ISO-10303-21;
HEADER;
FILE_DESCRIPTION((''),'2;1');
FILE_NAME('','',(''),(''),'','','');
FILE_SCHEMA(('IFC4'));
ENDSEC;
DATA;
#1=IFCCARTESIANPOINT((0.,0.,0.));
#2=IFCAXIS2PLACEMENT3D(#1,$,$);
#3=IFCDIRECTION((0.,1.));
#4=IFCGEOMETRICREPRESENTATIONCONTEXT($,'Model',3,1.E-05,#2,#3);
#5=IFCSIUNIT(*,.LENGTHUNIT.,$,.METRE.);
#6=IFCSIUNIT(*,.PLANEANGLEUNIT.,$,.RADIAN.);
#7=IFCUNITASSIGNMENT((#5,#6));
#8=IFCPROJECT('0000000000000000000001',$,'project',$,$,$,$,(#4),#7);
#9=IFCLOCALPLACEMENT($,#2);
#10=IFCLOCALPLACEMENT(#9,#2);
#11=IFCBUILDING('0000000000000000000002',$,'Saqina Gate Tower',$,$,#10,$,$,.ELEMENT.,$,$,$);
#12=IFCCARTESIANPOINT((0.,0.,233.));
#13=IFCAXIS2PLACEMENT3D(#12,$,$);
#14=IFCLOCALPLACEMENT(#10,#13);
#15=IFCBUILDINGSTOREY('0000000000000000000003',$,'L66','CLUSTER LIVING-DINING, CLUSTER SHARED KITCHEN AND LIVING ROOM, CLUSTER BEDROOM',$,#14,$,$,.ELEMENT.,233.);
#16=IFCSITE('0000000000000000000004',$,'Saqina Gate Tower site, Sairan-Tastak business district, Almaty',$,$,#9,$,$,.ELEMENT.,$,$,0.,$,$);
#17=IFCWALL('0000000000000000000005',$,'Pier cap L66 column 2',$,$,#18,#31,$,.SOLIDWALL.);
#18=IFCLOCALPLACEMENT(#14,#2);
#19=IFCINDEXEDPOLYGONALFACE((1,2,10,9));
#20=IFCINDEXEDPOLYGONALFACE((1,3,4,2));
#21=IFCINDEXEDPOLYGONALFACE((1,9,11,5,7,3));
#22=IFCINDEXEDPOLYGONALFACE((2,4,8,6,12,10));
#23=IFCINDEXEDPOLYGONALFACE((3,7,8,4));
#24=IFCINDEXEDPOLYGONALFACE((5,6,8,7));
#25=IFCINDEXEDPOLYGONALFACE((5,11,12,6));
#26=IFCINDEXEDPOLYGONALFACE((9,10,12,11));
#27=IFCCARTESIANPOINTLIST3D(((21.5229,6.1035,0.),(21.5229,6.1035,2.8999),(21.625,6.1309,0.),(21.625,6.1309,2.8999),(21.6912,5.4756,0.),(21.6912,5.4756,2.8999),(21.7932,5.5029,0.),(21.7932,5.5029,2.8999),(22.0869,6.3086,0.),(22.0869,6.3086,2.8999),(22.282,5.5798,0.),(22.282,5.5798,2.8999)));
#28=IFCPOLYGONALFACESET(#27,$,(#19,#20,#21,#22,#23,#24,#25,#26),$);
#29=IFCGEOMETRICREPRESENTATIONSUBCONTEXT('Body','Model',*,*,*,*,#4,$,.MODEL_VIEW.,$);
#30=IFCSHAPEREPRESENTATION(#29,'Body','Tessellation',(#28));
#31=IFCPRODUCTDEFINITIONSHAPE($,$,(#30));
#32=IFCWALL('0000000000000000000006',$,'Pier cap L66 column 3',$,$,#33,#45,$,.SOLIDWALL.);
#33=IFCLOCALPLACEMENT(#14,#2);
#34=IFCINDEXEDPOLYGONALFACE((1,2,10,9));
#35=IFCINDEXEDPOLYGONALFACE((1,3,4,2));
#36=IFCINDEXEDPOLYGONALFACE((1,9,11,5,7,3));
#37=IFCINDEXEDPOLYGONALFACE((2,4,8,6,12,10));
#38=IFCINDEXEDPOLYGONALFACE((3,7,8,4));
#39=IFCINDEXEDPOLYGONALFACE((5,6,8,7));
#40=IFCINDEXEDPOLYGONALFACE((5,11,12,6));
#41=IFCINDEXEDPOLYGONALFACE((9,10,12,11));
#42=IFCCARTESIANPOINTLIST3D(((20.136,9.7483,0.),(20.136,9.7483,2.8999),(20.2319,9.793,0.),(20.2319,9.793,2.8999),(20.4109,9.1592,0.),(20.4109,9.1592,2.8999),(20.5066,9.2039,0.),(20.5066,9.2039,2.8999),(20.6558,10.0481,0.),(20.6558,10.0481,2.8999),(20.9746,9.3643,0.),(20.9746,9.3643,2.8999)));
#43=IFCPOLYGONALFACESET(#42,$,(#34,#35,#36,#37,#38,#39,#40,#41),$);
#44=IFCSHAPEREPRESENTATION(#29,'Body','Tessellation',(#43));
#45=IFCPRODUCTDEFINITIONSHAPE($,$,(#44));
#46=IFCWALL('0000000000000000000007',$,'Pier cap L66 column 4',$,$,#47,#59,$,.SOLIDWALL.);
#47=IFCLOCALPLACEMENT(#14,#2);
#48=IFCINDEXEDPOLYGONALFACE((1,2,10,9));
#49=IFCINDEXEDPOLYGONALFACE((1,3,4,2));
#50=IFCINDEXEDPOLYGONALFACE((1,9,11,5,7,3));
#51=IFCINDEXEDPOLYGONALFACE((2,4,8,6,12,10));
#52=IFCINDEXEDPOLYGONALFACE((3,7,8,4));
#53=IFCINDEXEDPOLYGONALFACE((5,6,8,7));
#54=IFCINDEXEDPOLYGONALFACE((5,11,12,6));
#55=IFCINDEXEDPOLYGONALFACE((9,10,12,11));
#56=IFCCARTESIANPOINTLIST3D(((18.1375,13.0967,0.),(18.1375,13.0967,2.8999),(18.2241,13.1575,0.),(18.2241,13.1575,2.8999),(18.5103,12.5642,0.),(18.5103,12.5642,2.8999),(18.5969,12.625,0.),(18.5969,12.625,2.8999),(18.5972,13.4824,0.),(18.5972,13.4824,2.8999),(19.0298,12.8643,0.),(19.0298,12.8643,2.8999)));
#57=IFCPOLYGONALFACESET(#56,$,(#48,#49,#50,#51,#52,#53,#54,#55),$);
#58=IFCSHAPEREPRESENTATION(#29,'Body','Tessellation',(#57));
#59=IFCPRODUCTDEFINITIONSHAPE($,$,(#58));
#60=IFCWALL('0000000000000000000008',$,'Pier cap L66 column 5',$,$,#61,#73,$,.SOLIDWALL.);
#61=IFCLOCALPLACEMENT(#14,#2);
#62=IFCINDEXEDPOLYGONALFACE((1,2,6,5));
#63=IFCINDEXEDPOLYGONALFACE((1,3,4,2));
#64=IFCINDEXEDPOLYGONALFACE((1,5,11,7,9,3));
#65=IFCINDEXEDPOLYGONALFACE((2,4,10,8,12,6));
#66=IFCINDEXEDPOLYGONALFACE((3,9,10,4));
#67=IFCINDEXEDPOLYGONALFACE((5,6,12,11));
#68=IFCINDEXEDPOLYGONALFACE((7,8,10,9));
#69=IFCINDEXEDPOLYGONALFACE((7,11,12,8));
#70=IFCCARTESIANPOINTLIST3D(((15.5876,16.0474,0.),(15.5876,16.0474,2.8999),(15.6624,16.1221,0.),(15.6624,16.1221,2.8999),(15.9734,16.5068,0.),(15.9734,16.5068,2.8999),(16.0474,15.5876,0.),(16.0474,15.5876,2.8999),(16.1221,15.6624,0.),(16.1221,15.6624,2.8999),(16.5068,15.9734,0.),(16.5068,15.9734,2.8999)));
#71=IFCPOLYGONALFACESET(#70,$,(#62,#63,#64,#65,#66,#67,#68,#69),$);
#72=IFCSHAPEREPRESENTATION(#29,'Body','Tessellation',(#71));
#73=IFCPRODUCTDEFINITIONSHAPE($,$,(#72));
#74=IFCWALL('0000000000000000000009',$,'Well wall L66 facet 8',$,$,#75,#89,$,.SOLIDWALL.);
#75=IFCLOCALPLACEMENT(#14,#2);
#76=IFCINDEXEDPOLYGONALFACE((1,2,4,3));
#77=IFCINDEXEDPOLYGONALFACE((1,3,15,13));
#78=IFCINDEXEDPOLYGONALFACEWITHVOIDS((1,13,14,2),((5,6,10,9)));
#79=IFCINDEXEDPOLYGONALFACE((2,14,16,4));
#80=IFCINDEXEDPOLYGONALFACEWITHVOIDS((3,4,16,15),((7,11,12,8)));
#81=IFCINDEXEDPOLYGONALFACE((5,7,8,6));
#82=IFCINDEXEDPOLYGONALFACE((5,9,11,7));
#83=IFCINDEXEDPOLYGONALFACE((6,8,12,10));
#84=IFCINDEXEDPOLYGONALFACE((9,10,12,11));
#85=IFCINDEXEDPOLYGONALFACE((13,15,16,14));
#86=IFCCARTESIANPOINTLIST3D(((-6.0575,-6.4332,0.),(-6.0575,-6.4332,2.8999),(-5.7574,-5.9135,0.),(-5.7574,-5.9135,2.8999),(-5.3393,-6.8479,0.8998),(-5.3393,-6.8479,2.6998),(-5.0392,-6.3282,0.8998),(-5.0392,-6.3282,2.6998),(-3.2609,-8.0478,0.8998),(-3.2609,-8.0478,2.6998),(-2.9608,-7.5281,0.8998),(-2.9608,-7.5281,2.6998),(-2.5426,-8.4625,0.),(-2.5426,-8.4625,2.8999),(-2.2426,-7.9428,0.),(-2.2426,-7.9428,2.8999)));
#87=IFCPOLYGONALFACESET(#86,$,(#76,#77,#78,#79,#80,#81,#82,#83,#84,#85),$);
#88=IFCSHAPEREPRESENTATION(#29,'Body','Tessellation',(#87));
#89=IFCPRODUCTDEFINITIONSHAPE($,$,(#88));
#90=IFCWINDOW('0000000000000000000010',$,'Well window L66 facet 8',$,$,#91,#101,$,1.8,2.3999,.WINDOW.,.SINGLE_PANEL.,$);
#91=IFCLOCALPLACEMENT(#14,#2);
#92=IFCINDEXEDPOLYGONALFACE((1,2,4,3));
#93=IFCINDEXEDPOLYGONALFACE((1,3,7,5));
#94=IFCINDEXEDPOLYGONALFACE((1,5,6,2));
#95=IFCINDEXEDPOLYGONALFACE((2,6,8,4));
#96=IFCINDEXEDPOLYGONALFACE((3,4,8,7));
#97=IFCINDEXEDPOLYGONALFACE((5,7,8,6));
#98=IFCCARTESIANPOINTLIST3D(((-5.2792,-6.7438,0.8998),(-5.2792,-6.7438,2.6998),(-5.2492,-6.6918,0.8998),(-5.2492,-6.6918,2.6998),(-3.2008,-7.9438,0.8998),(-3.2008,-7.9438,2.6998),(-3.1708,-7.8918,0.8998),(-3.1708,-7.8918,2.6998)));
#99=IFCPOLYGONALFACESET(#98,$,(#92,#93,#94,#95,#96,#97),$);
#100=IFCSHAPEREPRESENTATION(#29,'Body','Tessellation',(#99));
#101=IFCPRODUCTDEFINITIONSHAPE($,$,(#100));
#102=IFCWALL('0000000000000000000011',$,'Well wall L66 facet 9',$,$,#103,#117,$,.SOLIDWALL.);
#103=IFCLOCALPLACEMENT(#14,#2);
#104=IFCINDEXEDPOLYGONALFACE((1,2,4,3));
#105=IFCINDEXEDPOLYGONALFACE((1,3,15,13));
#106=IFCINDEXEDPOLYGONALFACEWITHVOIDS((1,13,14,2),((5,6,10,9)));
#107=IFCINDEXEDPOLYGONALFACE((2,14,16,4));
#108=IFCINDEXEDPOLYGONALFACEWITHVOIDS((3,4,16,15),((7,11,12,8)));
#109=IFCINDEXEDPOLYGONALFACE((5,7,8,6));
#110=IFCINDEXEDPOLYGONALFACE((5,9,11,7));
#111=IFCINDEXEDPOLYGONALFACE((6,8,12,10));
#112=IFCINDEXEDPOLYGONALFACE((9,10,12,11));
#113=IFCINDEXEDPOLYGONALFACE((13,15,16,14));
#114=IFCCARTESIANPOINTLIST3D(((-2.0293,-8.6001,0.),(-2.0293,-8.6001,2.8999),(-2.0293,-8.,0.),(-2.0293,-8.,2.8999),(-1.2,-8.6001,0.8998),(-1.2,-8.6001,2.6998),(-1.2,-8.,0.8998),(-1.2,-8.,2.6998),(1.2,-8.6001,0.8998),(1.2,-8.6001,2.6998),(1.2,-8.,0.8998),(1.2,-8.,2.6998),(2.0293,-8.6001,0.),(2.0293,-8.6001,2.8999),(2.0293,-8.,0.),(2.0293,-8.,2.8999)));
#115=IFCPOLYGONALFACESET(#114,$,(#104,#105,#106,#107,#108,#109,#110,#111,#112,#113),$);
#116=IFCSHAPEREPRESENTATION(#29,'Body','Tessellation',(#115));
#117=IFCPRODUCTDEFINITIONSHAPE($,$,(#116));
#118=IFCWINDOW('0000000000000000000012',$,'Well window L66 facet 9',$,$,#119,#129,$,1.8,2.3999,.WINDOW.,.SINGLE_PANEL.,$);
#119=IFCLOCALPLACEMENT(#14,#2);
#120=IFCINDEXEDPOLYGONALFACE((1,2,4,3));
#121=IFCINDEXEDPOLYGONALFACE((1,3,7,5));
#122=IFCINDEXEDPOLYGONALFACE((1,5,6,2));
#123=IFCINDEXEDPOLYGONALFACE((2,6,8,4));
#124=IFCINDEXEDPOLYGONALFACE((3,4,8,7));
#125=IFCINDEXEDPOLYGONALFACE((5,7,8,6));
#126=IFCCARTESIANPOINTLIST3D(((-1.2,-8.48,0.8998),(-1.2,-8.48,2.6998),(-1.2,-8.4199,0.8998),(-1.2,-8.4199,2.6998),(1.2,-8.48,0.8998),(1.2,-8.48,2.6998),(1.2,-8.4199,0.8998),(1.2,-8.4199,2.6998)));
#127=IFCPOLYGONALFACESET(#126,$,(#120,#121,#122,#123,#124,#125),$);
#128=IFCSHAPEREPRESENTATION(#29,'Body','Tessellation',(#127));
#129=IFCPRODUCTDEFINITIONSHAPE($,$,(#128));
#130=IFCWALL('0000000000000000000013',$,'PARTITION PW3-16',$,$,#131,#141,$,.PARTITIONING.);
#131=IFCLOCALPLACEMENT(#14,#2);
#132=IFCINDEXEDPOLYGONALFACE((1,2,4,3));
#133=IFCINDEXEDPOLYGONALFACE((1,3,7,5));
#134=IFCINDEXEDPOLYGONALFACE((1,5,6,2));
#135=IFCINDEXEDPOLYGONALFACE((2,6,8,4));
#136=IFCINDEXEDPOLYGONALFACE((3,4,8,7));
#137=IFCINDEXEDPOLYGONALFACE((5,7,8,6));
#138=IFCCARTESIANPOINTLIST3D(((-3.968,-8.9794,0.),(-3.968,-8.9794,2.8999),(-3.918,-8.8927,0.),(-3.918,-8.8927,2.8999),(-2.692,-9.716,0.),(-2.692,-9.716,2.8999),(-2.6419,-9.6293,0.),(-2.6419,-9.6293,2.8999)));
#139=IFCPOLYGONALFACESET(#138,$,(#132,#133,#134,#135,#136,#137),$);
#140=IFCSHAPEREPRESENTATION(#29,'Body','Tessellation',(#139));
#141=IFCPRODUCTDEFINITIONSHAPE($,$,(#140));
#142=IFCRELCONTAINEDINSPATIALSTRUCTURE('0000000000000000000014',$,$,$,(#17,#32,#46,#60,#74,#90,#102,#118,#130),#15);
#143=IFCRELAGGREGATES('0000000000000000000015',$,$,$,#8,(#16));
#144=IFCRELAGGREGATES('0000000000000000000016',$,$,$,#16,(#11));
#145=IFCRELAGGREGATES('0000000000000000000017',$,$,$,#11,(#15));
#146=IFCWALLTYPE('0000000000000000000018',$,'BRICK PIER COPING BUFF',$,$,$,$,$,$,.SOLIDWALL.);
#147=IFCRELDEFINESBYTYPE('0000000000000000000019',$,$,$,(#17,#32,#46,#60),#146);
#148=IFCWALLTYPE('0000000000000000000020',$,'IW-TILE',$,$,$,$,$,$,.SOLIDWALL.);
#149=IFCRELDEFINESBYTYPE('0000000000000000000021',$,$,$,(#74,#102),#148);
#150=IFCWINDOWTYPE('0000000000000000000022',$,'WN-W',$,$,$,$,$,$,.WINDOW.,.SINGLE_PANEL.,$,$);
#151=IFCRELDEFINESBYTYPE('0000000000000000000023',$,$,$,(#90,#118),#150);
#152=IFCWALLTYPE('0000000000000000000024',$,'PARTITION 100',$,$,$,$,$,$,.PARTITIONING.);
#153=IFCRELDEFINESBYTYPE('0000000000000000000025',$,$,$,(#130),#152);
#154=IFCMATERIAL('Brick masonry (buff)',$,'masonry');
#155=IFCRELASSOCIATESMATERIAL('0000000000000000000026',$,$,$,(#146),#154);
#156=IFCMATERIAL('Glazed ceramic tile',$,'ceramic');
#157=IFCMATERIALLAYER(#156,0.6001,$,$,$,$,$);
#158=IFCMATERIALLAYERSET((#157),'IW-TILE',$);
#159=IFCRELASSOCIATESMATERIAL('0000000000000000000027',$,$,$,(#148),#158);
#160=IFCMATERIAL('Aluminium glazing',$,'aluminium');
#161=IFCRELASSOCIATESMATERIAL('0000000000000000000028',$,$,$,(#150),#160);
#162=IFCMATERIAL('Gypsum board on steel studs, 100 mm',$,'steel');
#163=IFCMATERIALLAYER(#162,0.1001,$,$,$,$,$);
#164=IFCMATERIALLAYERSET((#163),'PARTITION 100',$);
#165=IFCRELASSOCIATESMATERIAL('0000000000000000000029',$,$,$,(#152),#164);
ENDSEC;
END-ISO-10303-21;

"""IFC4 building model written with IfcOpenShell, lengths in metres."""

from ifc_helpers import new_model, si_unit, direction, frame, frame_2d, origin, place, context, subcontext, project, spatial, polyline, rectangle, outline, extrude, material, layer, layer_set, type_object, element, fill, save


model = new_model("IFC4")

# Units and contexts
model_context = context("Model", 3, precision=1e-05, world=origin(), true_north=direction((0.0, 1.0)))
body_context = subcontext(model_context, "Body", "Model", "MODEL_VIEW")
ifc_project = project(units=[si_unit("LENGTHUNIT", "METRE"), si_unit("PLANEANGLEUNIT", "RADIAN")], contexts=[model_context])

# Site, building, storey
site_placement = place(None, origin())
site = spatial("IfcSite", under=ifc_project, at=site_placement, Name="Saqina Gate Tower site, Sairan-Tastak business district, Almaty", CompositionType="ELEMENT", RefElevation=0.0)
building_placement = place(site_placement, origin())
building = spatial("IfcBuilding", under=site, at=building_placement, Name="Saqina Gate Tower", CompositionType="ELEMENT")
storey_placement = place(building_placement, frame((0.0, 0.0, 233.0)))
storey = spatial("IfcBuildingStorey", under=building, at=storey_placement, Name="L66", Description="CLUSTER LIVING-DINING, CLUSTER SHARED KITCHEN AND LIVING ROOM, CLUSTER BEDROOM", CompositionType="ELEMENT", Elevation=233.0)

# Walls
ifc_material_1 = material(Name="Brick masonry (buff)", Category="masonry")
wall_type_1 = type_object("IfcWallType", Name="BRICK PIER COPING BUFF", PredefinedType="SOLIDWALL", material=ifc_material_1)
wall_1_placement = place(storey_placement, origin())
element("IfcWall", 1, at=wall_1_placement, inside=storey, type_object=wall_type_1, Name="Pier cap L66 column 2", PredefinedType="SOLIDWALL", context=body_context, shape_type="SweptSolid", body=[
    extrude(outline(polyline([(22.0869, 6.3086), (21.5229, 6.1035), (21.625, 6.1309), (21.7932, 5.5029), (21.6912, 5.4756), (22.282, 5.5798), (22.0869, 6.3086)])), origin(), (0.0, 0.0, 1.0), 2.8999),
])
wall_2_placement = place(storey_placement, origin())
element("IfcWall", 2, at=wall_2_placement, inside=storey, type_object=wall_type_1, Name="Pier cap L66 column 3", PredefinedType="SOLIDWALL", context=body_context, shape_type="SweptSolid", body=[
    extrude(outline(polyline([(20.9746, 9.3643), (20.6558, 10.0481), (20.136, 9.7483), (20.2319, 9.793), (20.5066, 9.2039), (20.4109, 9.1592), (20.9746, 9.3643)])), origin(), (0.0, 0.0, 1.0), 2.8999),
])
wall_3_placement = place(storey_placement, origin())
element("IfcWall", 3, at=wall_3_placement, inside=storey, type_object=wall_type_1, Name="Pier cap L66 column 4", PredefinedType="SOLIDWALL", context=body_context, shape_type="SweptSolid", body=[
    extrude(outline(polyline([(19.0298, 12.8643), (18.5972, 13.4824), (18.1375, 13.0967), (18.2241, 13.1575), (18.5969, 12.625), (18.5103, 12.5642), (19.0298, 12.8643)])), origin(), (0.0, 0.0, 1.0), 2.8999),
])
wall_4_placement = place(storey_placement, origin())
element("IfcWall", 4, at=wall_4_placement, inside=storey, type_object=wall_type_1, Name="Pier cap L66 column 5", PredefinedType="SOLIDWALL", context=body_context, shape_type="SweptSolid", body=[
    extrude(outline(polyline([(15.9734, 16.5068), (15.5876, 16.0474), (15.6624, 16.1221), (16.1221, 15.6624), (16.0474, 15.5876), (16.5068, 15.9734), (15.9734, 16.5068)])), origin(), (0.0, 0.0, 1.0), 2.8999),
])

# Walls, openings, windows
ifc_material_2 = material(Name="Glazed ceramic tile", Category="ceramic")
ifc_layer_1 = layer(ifc_material_2, 0.6001)
ifc_layer_set_1 = layer_set([ifc_layer_1], Name="IW-TILE")
wall_type_2 = type_object("IfcWallType", Name="IW-TILE", PredefinedType="SOLIDWALL", material=ifc_layer_set_1)
wall_5_placement = place(storey_placement, frame((-5.9075, -6.1733, 0.0), z_axis=(0.0, 0.0, 1.0), x_axis=(0.866028, -0.499995, 0.0)))
wall_5 = element("IfcWall", 5, at=wall_5_placement, inside=storey, type_object=wall_type_2, Name="Well wall L66 facet 8", PredefinedType="SOLIDWALL", context=body_context, shape_type="SweptSolid", body=[
    extrude(rectangle(XDim=4.0586, YDim=0.6001, at=frame_2d((2.0293, 0.0))), origin(), (0.0, 0.0, 1.0), 2.8999),
])
opening_1_placement = place(wall_5_placement, frame((0.8293, 0.0, 0.8999)))
opening_1 = element("IfcOpeningElement", 6, at=opening_1_placement, cuts=wall_5, PredefinedType="OPENING", context=body_context, shape_type="SweptSolid", body=[
    extrude(rectangle(XDim=2.3999, YDim=1.8, at=frame_2d((1.2, 0.8999))), frame((0.0, 0.312, 0.0), z_axis=(0.0, -1.0, 0.0), x_axis=(1.0, 0.0, 0.0)), (0.0, 0.0, 1.0), 0.624),
])
ifc_material_3 = material(Name="Aluminium glazing", Category="aluminium")
window_type = type_object("IfcWindowType", Name="WN-W", PartitioningType="SINGLE_PANEL", PredefinedType="WINDOW", material=ifc_material_3)
window_1_placement = place(opening_1_placement, origin())
window_1 = element("IfcWindow", 7, at=window_1_placement, inside=storey, type_object=window_type, Name="Well window L66 facet 8", OverallHeight=1.8, OverallWidth=2.3999, PartitioningType="SINGLE_PANEL", PredefinedType="WINDOW", context=body_context, shape_type="SweptSolid", body=[
    extrude(rectangle(XDim=2.3999, YDim=1.8, at=frame_2d((1.2, 0.8999))), frame((0.0, -0.1199, 0.0), z_axis=(0.0, -1.0, 0.0), x_axis=(1.0, 0.0, 0.0)), (0.0, 0.0, 1.0), 0.0601),
])
fill(opening_1, window_1)
wall_6_placement = place(storey_placement, frame((-2.0293, -8.3, 0.0), z_axis=(0.0, 0.0, 1.0), x_axis=(1.0, 0.0, 0.0)))
wall_6 = element("IfcWall", 8, at=wall_6_placement, inside=storey, type_object=wall_type_2, Name="Well wall L66 facet 9", PredefinedType="SOLIDWALL", context=body_context, shape_type="SweptSolid", body=[
    extrude(rectangle(XDim=4.0586, YDim=0.6001, at=frame_2d((2.0293, 0.0))), origin(), (0.0, 0.0, 1.0), 2.8999),
])
opening_2_placement = place(wall_6_placement, frame((0.8293, 0.0, 0.8999)))
opening_2 = element("IfcOpeningElement", 9, at=opening_2_placement, cuts=wall_6, PredefinedType="OPENING", context=body_context, shape_type="SweptSolid", body=[
    extrude(rectangle(XDim=2.3999, YDim=1.8, at=frame_2d((1.2, 0.8999))), frame((0.0, 0.312, 0.0), z_axis=(0.0, -1.0, 0.0), x_axis=(1.0, 0.0, 0.0)), (0.0, 0.0, 1.0), 0.624),
])
window_2_placement = place(opening_2_placement, origin())
window_2 = element("IfcWindow", 10, at=window_2_placement, inside=storey, type_object=window_type, Name="Well window L66 facet 9", OverallHeight=1.8, OverallWidth=2.3999, PartitioningType="SINGLE_PANEL", PredefinedType="WINDOW", context=body_context, shape_type="SweptSolid", body=[
    extrude(rectangle(XDim=2.3999, YDim=1.8, at=frame_2d((1.2, 0.8999))), frame((0.0, -0.1199, 0.0), z_axis=(0.0, -1.0, 0.0), x_axis=(1.0, 0.0, 0.0)), (0.0, 0.0, 1.0), 0.0601),
])
fill(opening_2, window_2)

# Wall
ifc_material_4 = material(Name="Gypsum board on steel studs, 100 mm", Category="steel")
ifc_layer_2 = layer(ifc_material_4, 0.1001)
ifc_layer_set_2 = layer_set([ifc_layer_2], Name="PARTITION 100")
wall_type_3 = type_object("IfcWallType", Name="PARTITION 100", PredefinedType="PARTITIONING", material=ifc_layer_set_2)
wall_7_placement = place(storey_placement, frame((-3.9431, -8.936, 0.0), z_axis=(0.0, 0.0, 1.0), x_axis=(0.866084, -0.499899, 0.0)))
element("IfcWall", 11, at=wall_7_placement, inside=storey, type_object=wall_type_3, Name="PARTITION PW3-16", PredefinedType="PARTITIONING", context=body_context, shape_type="SweptSolid", body=[
    extrude(rectangle(XDim=1.4734, YDim=0.1001, at=frame_2d((0.7368, 0.0))), origin(), (0.0, 0.0, 1.0), 2.8999),
])

save(model, "model.ifc")
